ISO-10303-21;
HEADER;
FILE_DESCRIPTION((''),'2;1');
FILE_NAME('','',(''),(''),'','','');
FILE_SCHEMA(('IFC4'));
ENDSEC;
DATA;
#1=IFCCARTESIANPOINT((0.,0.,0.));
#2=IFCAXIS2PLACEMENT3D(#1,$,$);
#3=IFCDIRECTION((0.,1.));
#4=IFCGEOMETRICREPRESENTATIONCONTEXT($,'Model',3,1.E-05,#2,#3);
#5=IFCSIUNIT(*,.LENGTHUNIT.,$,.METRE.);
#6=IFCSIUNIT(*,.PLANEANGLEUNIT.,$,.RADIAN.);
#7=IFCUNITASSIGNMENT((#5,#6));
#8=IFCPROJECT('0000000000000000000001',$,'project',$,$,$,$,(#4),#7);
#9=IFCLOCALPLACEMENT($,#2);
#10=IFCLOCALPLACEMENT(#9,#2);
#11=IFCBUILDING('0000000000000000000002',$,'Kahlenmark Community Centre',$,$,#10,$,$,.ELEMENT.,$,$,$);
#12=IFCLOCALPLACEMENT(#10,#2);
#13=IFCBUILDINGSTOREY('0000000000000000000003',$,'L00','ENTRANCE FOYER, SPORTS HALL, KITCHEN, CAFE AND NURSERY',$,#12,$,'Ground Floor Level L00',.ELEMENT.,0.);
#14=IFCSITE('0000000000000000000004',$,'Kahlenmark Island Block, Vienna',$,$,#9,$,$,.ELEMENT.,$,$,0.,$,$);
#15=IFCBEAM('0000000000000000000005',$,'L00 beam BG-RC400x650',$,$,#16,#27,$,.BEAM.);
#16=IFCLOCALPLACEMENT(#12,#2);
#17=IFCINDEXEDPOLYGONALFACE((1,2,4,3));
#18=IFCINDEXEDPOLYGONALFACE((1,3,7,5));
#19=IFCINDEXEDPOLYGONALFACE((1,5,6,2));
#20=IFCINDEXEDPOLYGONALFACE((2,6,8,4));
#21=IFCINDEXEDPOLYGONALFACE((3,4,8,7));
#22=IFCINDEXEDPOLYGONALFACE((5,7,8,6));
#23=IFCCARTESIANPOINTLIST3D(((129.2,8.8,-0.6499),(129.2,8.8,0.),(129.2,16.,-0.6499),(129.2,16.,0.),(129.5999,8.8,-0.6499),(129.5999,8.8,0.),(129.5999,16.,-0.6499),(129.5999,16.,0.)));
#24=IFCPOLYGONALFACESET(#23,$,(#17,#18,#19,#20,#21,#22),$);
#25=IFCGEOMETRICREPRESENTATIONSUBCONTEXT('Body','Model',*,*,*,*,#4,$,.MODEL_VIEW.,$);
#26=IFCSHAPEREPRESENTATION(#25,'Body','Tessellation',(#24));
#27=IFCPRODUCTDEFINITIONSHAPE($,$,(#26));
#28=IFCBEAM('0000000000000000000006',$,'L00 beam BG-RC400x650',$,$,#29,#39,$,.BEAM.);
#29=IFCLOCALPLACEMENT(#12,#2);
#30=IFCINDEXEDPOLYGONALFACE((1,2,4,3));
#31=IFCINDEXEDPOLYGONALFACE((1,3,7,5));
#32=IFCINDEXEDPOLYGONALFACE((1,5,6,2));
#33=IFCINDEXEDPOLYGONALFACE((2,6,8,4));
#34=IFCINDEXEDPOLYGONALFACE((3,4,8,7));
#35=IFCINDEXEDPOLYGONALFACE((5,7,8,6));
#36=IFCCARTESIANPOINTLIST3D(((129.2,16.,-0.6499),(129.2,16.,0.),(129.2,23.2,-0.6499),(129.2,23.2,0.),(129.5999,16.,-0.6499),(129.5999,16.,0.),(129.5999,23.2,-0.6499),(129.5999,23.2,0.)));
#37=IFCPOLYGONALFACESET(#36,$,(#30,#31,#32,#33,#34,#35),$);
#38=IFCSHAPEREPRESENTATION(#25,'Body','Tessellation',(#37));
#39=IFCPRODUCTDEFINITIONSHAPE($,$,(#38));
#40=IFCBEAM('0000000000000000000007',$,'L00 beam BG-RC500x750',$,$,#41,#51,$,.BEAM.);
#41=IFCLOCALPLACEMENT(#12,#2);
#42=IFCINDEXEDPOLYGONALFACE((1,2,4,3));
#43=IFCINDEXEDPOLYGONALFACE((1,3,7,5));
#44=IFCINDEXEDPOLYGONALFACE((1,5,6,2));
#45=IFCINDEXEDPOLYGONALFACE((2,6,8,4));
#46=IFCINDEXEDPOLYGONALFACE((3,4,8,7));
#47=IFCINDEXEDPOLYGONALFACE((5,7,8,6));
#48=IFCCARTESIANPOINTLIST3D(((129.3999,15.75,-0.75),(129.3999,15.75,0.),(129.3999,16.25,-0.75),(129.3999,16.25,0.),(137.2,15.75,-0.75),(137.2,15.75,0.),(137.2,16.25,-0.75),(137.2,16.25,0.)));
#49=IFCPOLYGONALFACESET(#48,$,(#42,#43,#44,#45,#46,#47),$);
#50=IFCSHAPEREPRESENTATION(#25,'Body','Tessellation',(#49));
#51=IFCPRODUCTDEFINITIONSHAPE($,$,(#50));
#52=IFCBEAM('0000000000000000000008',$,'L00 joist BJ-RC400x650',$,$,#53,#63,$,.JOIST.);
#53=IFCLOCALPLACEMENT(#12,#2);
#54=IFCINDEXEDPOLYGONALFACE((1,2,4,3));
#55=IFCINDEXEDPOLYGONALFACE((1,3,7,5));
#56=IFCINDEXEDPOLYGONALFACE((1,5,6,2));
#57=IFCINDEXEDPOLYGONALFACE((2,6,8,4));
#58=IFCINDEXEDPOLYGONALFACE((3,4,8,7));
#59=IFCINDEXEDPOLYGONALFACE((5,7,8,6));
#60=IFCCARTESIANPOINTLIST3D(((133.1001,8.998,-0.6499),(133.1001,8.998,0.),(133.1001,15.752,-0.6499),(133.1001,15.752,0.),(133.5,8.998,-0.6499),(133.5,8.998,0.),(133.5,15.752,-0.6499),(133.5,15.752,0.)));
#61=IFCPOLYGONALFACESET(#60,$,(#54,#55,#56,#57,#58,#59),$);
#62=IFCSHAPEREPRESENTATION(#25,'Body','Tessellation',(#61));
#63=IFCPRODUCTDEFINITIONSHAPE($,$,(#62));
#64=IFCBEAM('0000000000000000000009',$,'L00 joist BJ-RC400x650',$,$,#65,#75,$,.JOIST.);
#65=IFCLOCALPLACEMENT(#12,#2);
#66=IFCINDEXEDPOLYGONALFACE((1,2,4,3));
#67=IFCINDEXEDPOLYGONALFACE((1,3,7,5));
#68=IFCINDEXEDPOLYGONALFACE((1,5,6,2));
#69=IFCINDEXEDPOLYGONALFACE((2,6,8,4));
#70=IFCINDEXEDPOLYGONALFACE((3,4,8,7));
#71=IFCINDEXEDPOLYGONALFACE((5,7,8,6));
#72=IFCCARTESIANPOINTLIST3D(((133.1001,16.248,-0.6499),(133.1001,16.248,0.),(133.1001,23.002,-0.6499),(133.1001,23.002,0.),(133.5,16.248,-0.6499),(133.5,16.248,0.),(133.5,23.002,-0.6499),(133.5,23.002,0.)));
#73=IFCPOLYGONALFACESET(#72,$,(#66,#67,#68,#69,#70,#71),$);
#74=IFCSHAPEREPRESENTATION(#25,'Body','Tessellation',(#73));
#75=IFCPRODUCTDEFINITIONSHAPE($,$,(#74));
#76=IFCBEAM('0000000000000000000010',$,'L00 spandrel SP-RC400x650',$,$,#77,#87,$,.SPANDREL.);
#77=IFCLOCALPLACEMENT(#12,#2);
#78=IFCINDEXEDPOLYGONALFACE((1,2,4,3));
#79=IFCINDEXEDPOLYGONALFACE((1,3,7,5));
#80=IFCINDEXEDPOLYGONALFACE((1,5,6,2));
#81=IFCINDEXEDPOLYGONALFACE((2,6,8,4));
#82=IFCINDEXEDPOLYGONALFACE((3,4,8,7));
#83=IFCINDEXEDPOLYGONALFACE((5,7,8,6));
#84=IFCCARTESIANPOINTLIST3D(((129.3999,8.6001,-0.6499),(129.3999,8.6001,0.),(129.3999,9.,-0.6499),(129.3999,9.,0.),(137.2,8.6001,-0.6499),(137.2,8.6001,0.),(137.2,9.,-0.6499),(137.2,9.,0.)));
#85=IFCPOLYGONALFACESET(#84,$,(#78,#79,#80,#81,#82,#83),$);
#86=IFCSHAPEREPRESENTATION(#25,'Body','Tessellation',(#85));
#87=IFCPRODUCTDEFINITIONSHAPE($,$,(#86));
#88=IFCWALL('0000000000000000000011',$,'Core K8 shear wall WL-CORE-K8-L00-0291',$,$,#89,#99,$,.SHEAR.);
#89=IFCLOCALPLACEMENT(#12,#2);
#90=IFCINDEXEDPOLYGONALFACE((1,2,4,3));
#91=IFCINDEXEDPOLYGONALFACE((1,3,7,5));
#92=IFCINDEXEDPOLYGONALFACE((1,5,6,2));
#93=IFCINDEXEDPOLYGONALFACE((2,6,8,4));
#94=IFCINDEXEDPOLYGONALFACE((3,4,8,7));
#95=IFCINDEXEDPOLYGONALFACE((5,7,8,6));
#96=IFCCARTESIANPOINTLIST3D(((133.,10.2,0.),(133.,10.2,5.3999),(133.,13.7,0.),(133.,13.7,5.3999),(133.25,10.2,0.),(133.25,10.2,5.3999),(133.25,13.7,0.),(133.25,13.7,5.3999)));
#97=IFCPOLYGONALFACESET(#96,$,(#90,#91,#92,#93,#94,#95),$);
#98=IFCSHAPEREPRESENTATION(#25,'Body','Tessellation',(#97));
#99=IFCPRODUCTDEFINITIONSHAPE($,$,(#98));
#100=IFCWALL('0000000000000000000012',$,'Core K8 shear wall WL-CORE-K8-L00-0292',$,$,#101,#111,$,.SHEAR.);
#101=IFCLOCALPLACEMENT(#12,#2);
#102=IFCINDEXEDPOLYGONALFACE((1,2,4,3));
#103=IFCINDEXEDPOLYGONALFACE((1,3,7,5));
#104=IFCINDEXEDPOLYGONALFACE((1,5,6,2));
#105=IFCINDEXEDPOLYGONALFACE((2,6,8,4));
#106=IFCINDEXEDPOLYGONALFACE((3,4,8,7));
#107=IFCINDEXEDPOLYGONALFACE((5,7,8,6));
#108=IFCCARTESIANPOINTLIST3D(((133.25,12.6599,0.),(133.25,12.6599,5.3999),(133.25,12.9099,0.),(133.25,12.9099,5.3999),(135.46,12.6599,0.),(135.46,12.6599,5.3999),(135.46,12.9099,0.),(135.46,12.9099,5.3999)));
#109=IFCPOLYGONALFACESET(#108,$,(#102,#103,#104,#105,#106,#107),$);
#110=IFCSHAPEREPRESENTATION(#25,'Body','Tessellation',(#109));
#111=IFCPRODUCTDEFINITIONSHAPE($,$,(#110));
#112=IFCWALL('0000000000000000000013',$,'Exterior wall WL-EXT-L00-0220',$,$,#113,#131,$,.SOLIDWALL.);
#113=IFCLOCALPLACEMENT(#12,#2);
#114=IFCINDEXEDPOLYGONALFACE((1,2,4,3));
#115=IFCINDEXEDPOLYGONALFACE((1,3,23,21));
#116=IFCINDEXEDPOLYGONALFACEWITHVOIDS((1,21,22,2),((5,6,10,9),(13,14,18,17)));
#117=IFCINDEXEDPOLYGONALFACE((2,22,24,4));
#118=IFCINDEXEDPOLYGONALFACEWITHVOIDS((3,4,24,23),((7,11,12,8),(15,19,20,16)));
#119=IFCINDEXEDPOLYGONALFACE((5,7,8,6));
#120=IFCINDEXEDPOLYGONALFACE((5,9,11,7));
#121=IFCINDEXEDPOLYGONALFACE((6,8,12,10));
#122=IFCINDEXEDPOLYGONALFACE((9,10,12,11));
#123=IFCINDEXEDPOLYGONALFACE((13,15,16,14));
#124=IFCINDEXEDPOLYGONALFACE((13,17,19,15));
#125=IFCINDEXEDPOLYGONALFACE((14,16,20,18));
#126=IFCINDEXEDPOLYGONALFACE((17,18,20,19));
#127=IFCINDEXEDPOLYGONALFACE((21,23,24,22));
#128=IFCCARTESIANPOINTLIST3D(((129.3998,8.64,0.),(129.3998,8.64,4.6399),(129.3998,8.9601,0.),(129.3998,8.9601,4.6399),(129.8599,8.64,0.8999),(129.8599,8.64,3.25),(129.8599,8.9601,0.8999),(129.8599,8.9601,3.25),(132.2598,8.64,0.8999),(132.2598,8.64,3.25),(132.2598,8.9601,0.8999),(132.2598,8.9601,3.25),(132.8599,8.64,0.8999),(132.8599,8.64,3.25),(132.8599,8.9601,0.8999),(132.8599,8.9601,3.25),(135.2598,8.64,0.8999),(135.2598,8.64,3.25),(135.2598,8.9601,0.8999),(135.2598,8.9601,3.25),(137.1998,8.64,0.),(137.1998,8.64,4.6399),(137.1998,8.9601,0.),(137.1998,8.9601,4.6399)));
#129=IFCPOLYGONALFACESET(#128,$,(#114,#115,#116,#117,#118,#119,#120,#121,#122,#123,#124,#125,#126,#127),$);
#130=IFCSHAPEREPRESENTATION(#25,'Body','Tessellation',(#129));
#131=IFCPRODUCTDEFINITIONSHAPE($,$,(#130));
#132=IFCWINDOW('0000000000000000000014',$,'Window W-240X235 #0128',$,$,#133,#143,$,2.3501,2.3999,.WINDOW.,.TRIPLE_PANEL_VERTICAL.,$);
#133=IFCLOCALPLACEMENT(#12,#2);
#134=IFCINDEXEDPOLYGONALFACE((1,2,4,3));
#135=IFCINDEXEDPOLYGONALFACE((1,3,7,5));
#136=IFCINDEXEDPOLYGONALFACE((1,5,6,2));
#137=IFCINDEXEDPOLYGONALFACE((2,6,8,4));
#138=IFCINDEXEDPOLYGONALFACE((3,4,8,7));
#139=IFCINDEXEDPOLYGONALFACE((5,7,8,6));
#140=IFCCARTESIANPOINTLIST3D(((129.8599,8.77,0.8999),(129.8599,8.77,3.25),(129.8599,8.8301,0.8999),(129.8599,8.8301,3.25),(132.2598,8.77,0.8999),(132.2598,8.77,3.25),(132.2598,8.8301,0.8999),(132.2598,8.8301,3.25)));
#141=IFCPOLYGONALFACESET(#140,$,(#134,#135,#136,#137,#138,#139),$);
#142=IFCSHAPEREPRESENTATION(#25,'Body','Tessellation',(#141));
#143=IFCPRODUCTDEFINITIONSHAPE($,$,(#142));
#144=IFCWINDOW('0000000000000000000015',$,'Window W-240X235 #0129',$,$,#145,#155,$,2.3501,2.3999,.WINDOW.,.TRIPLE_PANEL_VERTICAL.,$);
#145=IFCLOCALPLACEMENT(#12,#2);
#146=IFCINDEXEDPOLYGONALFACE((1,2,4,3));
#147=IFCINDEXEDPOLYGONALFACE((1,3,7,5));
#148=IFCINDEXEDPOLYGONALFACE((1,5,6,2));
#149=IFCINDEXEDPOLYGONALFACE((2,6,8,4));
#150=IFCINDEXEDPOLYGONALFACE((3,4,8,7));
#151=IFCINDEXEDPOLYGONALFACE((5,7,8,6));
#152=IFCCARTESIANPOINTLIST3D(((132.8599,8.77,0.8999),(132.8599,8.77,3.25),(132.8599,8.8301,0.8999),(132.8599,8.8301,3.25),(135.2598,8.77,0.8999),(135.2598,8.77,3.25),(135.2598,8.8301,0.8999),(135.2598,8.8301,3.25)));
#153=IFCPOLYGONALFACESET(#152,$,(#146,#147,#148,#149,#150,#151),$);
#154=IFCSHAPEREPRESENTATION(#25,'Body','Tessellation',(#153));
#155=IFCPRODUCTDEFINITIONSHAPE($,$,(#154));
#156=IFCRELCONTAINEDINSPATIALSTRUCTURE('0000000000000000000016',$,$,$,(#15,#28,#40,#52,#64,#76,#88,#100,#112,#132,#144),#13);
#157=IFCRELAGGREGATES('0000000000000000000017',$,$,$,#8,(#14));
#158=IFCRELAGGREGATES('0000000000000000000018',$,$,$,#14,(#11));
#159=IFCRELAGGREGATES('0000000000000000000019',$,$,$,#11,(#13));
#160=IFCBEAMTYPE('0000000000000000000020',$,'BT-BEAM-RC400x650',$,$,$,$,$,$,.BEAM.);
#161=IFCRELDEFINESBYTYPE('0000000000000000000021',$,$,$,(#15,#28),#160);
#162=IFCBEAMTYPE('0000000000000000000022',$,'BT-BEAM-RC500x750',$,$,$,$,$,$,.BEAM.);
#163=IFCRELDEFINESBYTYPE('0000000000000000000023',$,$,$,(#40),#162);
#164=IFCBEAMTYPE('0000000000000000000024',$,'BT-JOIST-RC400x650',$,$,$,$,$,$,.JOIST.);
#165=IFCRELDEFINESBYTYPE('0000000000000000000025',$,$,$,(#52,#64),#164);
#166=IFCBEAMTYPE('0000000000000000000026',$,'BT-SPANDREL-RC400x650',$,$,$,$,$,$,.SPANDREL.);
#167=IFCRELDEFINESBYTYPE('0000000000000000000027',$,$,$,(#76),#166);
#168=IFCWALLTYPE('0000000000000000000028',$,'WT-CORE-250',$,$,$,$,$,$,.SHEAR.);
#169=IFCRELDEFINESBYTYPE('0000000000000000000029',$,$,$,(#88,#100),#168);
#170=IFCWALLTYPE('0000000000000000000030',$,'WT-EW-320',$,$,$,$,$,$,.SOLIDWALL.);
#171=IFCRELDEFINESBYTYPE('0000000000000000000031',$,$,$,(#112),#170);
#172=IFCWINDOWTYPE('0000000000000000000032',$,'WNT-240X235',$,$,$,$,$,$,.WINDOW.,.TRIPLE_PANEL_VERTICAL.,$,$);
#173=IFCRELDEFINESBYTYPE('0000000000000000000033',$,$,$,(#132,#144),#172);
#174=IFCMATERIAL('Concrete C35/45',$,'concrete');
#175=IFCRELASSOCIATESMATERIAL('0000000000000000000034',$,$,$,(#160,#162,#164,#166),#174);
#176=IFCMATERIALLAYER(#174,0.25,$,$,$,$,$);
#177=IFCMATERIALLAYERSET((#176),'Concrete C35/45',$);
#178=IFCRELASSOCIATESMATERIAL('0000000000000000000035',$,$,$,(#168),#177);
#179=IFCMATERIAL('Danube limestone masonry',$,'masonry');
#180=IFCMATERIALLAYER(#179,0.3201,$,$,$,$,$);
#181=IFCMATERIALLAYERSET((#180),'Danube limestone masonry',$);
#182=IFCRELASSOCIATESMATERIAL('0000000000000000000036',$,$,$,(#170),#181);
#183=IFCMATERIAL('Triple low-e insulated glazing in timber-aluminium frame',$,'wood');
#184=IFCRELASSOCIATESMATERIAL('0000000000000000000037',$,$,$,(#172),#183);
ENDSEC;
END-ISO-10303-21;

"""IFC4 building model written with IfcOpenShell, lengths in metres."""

from ifc_helpers import new_model, si_unit, direction, frame, frame_2d, origin, origin_2d, place, context, subcontext, project, spatial, rectangle, extrude, material, layer, layer_set, material_profile, profile_set, type_object, element, fill, save


model = new_model("IFC4")

# Units and contexts
model_context = context("Model", 3, precision=1e-05, world=origin(), true_north=direction((0.0, 1.0)))
body_context = subcontext(model_context, "Body", "Model", "MODEL_VIEW")
ifc_project = project(units=[si_unit("LENGTHUNIT", "METRE"), si_unit("PLANEANGLEUNIT", "RADIAN")], contexts=[model_context])

# Site, building, storey
site_placement = place(None, origin())
site = spatial("IfcSite", under=ifc_project, at=site_placement, Name="Kahlenmark Island Block, Vienna", CompositionType="ELEMENT", RefElevation=0.0)
building_placement = place(site_placement, origin())
building = spatial("IfcBuilding", under=site, at=building_placement, Name="Kahlenmark Community Centre", CompositionType="ELEMENT")
storey_placement = place(building_placement, origin())
storey = spatial("IfcBuildingStorey", under=building, at=storey_placement, Name="L00", Description="ENTRANCE FOYER, SPORTS HALL, KITCHEN, CAFE AND NURSERY", LongName="Ground Floor Level L00", CompositionType="ELEMENT", Elevation=0.0)

# Beams
ifc_material_1 = material(Name="Concrete C35/45", Category="concrete")
ifc_material_profile_1 = material_profile(ifc_material_1, rectangle(XDim=0.3999, YDim=0.6499, at=origin_2d()), Name="RC 400x650")
ifc_profile_set_1 = profile_set([ifc_material_profile_1], Name="Concrete C35/45")
beam_type_1 = type_object("IfcBeamType", Name="BT-BEAM-RC400x650", PredefinedType="BEAM", material=ifc_profile_set_1)
for number, where, z_axis, x_axis, name in (
    (1, (129.3999, 8.8, -0.325), (0.0, 1.0, 0.0), (-1.0, 0.0, 0.0), "L00 beam BG-RC400x650"),
    (2, (129.3999, 16.0, -0.325), (0.0, 1.0, 0.0), (-1.0, 0.0, 0.0), "L00 beam BG-RC400x650"),
):
    element("IfcBeam", number, at=place(storey_placement, frame(where, z_axis=z_axis, x_axis=x_axis)), inside=storey, type_object=beam_type_1, Name=name, PredefinedType="BEAM", context=body_context, shape_type="SweptSolid", body=[
        extrude(rectangle(XDim=0.3999, YDim=0.6499, at=origin_2d()), origin(), (0.0, 0.0, 1.0), 7.2),
    ])
ifc_material_profile_2 = material_profile(ifc_material_1, rectangle(XDim=0.5, YDim=0.75, at=origin_2d()), Name="RC 500x750")
ifc_profile_set_2 = profile_set([ifc_material_profile_2], Name="Concrete C35/45")
beam_type_2 = type_object("IfcBeamType", Name="BT-BEAM-RC500x750", PredefinedType="BEAM", material=ifc_profile_set_2)
beam_1_placement = place(storey_placement, frame((129.3999, 16.0, -0.375), z_axis=(1.0, 0.0, 0.0), x_axis=(0.0, 1.0, 0.0)))
element("IfcBeam", 3, at=beam_1_placement, inside=storey, type_object=beam_type_2, Name="L00 beam BG-RC500x750", PredefinedType="BEAM", context=body_context, shape_type="SweptSolid", body=[
    extrude(rectangle(XDim=0.5, YDim=0.75, at=origin_2d()), origin(), (0.0, 0.0, 1.0), 7.8),
])
ifc_material_profile_3 = material_profile(ifc_material_1, rectangle(XDim=0.3999, YDim=0.6499, at=origin_2d()), Name="RC 400x650")
ifc_profile_set_3 = profile_set([ifc_material_profile_3], Name="Concrete C35/45")
beam_type_3 = type_object("IfcBeamType", Name="BT-JOIST-RC400x650", PredefinedType="JOIST", material=ifc_profile_set_3)
for number, where, z_axis, x_axis, name in (
    (4, (133.3, 8.998, -0.325), (0.0, 1.0, 0.0), (-1.0, 0.0, 0.0), "L00 joist BJ-RC400x650"),
    (5, (133.3, 16.248, -0.325), (0.0, 1.0, 0.0), (-1.0, 0.0, 0.0), "L00 joist BJ-RC400x650"),
):
    element("IfcBeam", number, at=place(storey_placement, frame(where, z_axis=z_axis, x_axis=x_axis)), inside=storey, type_object=beam_type_3, Name=name, PredefinedType="JOIST", context=body_context, shape_type="SweptSolid", body=[
        extrude(rectangle(XDim=0.3999, YDim=0.6499, at=origin_2d()), origin(), (0.0, 0.0, 1.0), 6.7539),
    ])
ifc_material_profile_4 = material_profile(ifc_material_1, rectangle(XDim=0.3999, YDim=0.6499, at=origin_2d()), Name="RC 400x650")
ifc_profile_set_4 = profile_set([ifc_material_profile_4], Name="Concrete C35/45")
beam_type_4 = type_object("IfcBeamType", Name="BT-SPANDREL-RC400x650", PredefinedType="SPANDREL", material=ifc_profile_set_4)
beam_2_placement = place(storey_placement, frame((129.3999, 8.8, -0.325), z_axis=(1.0, 0.0, 0.0), x_axis=(0.0, 1.0, 0.0)))
element("IfcBeam", 6, at=beam_2_placement, inside=storey, type_object=beam_type_4, Name="L00 spandrel SP-RC400x650", PredefinedType="SPANDREL", context=body_context, shape_type="SweptSolid", body=[
    extrude(rectangle(XDim=0.3999, YDim=0.6499, at=origin_2d()), origin(), (0.0, 0.0, 1.0), 7.8),
])

# Walls
ifc_layer_1 = layer(ifc_material_1, 0.25)
ifc_layer_set_1 = layer_set([ifc_layer_1], Name="Concrete C35/45")
wall_type_1 = type_object("IfcWallType", Name="WT-CORE-250", PredefinedType="SHEAR", material=ifc_layer_set_1)
wall_1_placement = place(storey_placement, frame((133.125, 10.2, 0.0), z_axis=(0.0, 0.0, 1.0), x_axis=(0.0, 1.0, 0.0)))
element("IfcWall", 7, at=wall_1_placement, inside=storey, type_object=wall_type_1, Name="Core K8 shear wall WL-CORE-K8-L00-0291", PredefinedType="SHEAR", context=body_context, shape_type="SweptSolid", body=[
    extrude(rectangle(XDim=3.5, YDim=0.25, at=frame_2d((1.75, 0.0))), origin(), (0.0, 0.0, 1.0), 5.3999),
])
wall_2_placement = place(storey_placement, frame((133.25, 12.7849, 0.0), z_axis=(0.0, 0.0, 1.0), x_axis=(1.0, 0.0, 0.0)))
element("IfcWall", 8, at=wall_2_placement, inside=storey, type_object=wall_type_1, Name="Core K8 shear wall WL-CORE-K8-L00-0292", PredefinedType="SHEAR", context=body_context, shape_type="SweptSolid", body=[
    extrude(rectangle(XDim=2.21, YDim=0.25, at=frame_2d((1.105, 0.0))), origin(), (0.0, 0.0, 1.0), 5.3999),
])

# Wall, openings, windows
ifc_material_2 = material(Name="Danube limestone masonry", Category="masonry")
ifc_layer_2 = layer(ifc_material_2, 0.3201)
ifc_layer_set_2 = layer_set([ifc_layer_2], Name="Danube limestone masonry")
wall_type_2 = type_object("IfcWallType", Name="WT-EW-320", PredefinedType="SOLIDWALL", material=ifc_layer_set_2)
wall_3_placement = place(storey_placement, frame((129.3999, 8.8, 0.0), z_axis=(0.0, 0.0, 1.0), x_axis=(1.0, 0.0, 0.0)))
wall_3 = element("IfcWall", 9, at=wall_3_placement, inside=storey, type_object=wall_type_2, Name="Exterior wall WL-EXT-L00-0220", PredefinedType="SOLIDWALL", context=body_context, shape_type="SweptSolid", body=[
    extrude(rectangle(XDim=7.8, YDim=0.3201, at=frame_2d((3.8999, 0.0))), origin(), (0.0, 0.0, 1.0), 4.6399),
])
opening_1_placement = place(wall_3_placement, frame((0.46, 0.0, 0.8999)))
opening_1 = element("IfcOpeningElement", 10, at=opening_1_placement, cuts=wall_3, PredefinedType="OPENING", context=body_context, shape_type="SweptSolid", body=[
    extrude(rectangle(XDim=2.3999, YDim=2.3501, at=frame_2d((1.2, 1.175))), frame((0.0, 0.1699, 0.0), z_axis=(0.0, -1.0, 0.0), x_axis=(1.0, 0.0, 0.0)), (0.0, 0.0, 1.0), 0.3401),
])
opening_2_placement = place(wall_3_placement, frame((3.46, 0.0, 0.8999)))
opening_2 = element("IfcOpeningElement", 11, at=opening_2_placement, cuts=wall_3, PredefinedType="OPENING", context=body_context, shape_type="SweptSolid", body=[
    extrude(rectangle(XDim=2.3999, YDim=2.3501, at=frame_2d((1.2, 1.175))), frame((0.0, 0.1699, 0.0), z_axis=(0.0, -1.0, 0.0), x_axis=(1.0, 0.0, 0.0)), (0.0, 0.0, 1.0), 0.3401),
])
ifc_material_3 = material(Name="Triple low-e insulated glazing in timber-aluminium frame", Category="wood")
window_type = type_object("IfcWindowType", Name="WNT-240X235", PartitioningType="TRIPLE_PANEL_VERTICAL", PredefinedType="WINDOW", material=ifc_material_3)
window_1_placement = place(opening_1_placement, origin())
window_1 = element("IfcWindow", 12, at=window_1_placement, inside=storey, type_object=window_type, Name="Window W-240X235 #0128", OverallHeight=2.3501, OverallWidth=2.3999, PartitioningType="TRIPLE_PANEL_VERTICAL", PredefinedType="WINDOW", context=body_context, shape_type="SweptSolid", body=[
    extrude(rectangle(XDim=2.3999, YDim=2.3501, at=frame_2d((1.2, 1.175))), frame((0.0, 0.03, 0.0), z_axis=(0.0, -1.0, 0.0), x_axis=(1.0, 0.0, 0.0)), (0.0, 0.0, 1.0), 0.0601),
])
fill(opening_1, window_1)
window_2_placement = place(opening_2_placement, origin())
window_2 = element("IfcWindow", 13, at=window_2_placement, inside=storey, type_object=window_type, Name="Window W-240X235 #0129", OverallHeight=2.3501, OverallWidth=2.3999, PartitioningType="TRIPLE_PANEL_VERTICAL", PredefinedType="WINDOW", context=body_context, shape_type="SweptSolid", body=[
    extrude(rectangle(XDim=2.3999, YDim=2.3501, at=frame_2d((1.2, 1.175))), frame((0.0, 0.03, 0.0), z_axis=(0.0, -1.0, 0.0), x_axis=(1.0, 0.0, 0.0)), (0.0, 0.0, 1.0), 0.0601),
])
fill(opening_2, window_2)

save(model, "model.ifc")
